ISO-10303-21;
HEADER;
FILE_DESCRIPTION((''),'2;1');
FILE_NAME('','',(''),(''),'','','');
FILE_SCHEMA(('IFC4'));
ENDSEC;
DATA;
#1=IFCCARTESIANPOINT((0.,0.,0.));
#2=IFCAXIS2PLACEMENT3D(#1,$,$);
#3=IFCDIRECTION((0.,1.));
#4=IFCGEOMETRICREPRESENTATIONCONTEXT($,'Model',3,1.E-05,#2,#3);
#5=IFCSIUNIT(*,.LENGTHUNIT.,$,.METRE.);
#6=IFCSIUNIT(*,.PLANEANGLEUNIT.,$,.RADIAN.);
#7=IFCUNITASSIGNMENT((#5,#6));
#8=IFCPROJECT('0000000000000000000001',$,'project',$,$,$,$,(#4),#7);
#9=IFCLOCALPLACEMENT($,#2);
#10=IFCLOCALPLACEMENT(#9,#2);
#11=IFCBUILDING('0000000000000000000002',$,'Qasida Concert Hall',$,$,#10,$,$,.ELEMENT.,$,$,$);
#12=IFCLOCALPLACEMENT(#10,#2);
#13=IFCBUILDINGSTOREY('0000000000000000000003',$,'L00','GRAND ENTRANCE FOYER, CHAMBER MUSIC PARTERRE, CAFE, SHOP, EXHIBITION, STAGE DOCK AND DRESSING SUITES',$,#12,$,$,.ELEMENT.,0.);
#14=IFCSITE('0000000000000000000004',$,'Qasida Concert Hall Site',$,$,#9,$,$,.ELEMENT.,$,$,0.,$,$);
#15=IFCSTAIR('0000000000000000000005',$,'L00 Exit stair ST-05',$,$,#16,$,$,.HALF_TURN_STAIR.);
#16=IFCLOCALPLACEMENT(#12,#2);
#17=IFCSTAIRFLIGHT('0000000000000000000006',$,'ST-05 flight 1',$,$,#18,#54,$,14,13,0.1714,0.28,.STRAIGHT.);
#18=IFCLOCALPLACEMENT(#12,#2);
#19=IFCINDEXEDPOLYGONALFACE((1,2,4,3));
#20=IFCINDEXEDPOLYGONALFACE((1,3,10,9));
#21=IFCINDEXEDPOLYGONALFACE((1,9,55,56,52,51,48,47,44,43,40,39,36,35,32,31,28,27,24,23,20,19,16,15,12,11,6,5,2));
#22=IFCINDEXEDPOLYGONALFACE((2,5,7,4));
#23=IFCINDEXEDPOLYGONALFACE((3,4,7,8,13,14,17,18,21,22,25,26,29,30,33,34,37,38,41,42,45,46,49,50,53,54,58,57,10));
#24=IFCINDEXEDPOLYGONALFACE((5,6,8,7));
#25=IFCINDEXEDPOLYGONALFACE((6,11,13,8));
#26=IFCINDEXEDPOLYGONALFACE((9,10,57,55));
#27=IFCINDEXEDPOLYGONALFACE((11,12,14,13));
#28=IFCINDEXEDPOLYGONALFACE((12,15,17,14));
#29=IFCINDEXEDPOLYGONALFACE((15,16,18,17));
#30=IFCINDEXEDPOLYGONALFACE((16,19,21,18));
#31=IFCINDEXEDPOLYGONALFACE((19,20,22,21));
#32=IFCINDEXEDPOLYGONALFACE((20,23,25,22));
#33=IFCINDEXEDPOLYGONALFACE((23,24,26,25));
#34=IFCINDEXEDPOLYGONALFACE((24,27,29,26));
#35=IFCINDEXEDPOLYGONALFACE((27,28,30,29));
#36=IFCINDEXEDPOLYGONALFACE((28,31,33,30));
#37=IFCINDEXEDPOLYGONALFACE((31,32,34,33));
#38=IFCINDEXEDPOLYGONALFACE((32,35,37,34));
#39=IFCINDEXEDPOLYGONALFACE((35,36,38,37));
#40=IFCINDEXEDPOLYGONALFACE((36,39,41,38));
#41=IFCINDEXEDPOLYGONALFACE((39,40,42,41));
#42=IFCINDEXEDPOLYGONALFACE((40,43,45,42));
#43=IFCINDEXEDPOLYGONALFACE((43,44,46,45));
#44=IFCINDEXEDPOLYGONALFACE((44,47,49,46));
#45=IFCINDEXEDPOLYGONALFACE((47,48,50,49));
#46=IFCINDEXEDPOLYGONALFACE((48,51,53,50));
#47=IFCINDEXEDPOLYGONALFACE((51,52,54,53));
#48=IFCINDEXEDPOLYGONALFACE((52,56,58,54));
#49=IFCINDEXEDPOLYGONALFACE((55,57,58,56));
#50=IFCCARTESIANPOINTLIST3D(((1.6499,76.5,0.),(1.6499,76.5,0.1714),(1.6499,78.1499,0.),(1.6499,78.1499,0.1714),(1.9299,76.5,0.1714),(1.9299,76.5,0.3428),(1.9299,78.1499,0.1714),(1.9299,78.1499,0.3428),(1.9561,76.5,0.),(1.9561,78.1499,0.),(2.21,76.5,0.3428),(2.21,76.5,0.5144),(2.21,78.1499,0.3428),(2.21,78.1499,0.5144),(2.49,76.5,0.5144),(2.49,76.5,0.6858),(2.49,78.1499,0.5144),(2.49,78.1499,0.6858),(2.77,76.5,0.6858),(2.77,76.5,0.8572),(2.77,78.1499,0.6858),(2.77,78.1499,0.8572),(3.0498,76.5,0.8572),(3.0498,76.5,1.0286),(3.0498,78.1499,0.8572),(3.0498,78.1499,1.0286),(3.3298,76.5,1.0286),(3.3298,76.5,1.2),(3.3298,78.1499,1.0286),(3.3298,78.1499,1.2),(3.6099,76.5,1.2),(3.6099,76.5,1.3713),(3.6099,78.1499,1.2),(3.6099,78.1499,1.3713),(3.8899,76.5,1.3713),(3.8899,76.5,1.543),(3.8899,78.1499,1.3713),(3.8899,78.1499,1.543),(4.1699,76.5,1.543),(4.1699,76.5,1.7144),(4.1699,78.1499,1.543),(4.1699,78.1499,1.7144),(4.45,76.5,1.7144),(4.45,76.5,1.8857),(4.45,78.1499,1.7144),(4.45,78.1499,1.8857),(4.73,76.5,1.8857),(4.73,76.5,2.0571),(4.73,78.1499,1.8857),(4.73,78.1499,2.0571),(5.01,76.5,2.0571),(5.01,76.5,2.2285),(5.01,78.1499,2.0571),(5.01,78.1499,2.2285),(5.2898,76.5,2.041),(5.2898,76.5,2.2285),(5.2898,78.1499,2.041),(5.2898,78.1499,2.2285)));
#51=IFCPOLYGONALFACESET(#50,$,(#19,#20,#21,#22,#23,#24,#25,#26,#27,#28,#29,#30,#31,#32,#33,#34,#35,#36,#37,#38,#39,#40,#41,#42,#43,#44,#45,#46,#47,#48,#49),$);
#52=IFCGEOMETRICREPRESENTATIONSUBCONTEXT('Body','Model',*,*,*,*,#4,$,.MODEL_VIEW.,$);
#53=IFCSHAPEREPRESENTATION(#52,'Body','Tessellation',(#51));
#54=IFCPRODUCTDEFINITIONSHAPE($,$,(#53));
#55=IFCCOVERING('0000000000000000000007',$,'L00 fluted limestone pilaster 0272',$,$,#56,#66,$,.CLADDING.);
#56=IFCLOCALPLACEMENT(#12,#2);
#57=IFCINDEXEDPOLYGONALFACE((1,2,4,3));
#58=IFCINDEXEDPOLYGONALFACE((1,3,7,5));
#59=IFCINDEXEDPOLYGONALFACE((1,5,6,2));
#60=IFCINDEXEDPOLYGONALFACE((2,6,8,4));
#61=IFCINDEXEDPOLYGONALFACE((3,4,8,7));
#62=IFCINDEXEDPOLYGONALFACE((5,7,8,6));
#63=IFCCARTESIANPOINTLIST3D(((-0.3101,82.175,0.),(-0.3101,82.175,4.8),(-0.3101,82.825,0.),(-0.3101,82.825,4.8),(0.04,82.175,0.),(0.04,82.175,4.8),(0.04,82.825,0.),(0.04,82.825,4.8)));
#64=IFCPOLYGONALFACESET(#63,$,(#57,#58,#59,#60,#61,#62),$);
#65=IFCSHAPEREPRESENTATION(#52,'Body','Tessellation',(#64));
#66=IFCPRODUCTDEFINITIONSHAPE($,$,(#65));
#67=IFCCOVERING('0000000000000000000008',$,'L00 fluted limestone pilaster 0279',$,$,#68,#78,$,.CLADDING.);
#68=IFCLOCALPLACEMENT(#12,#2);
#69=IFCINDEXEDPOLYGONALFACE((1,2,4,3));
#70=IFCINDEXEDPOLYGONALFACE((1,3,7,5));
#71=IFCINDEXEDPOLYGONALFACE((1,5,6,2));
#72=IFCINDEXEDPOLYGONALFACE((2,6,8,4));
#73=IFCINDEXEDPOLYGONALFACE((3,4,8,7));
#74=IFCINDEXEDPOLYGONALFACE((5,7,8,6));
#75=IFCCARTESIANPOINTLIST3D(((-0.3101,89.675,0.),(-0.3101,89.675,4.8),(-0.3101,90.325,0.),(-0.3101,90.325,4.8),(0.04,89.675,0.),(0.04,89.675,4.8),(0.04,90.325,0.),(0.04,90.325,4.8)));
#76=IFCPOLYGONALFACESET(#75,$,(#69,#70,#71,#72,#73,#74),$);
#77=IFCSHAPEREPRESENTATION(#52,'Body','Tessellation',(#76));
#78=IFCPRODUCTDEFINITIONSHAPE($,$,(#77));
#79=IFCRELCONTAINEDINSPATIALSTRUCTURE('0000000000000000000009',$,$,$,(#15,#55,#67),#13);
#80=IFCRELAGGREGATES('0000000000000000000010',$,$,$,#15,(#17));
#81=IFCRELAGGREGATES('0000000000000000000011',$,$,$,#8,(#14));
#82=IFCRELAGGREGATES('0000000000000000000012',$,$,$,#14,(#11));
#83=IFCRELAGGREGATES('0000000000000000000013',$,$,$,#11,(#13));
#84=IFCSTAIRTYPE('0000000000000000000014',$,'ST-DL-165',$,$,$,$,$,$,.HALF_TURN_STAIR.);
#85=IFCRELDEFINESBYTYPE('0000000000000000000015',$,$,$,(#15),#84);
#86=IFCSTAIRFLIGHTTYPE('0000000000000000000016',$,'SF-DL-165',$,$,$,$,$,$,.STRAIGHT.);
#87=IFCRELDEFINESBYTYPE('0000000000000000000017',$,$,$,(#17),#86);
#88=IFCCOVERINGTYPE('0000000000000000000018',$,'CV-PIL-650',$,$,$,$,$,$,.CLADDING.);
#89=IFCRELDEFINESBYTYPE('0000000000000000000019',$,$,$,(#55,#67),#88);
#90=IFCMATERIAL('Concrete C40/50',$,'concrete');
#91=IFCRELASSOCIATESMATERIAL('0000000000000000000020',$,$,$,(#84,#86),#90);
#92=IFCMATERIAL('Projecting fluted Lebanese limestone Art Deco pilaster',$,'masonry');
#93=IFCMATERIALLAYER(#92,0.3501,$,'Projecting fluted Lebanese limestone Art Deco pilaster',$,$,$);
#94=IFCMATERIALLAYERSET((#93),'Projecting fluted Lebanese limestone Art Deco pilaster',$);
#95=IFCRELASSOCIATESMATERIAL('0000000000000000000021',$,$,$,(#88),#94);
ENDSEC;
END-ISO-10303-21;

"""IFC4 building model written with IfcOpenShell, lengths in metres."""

from ifc_helpers import new_model, si_unit, direction, frame, origin, origin_2d, place, context, subcontext, project, spatial, polyline, rectangle, outline, extrude, material, layer, layer_set, type_object, element, aggregate, save


model = new_model("IFC4")

# Units and contexts
model_context = context("Model", 3, precision=1e-05, world=origin(), true_north=direction((0.0, 1.0)))
body_context = subcontext(model_context, "Body", "Model", "MODEL_VIEW")
ifc_project = project(units=[si_unit("LENGTHUNIT", "METRE"), si_unit("PLANEANGLEUNIT", "RADIAN")], contexts=[model_context])

# Site, building, storey
site_placement = place(None, origin())
site = spatial("IfcSite", under=ifc_project, at=site_placement, Name="Qasida Concert Hall Site", CompositionType="ELEMENT", RefElevation=0.0)
building_placement = place(site_placement, origin())
building = spatial("IfcBuilding", under=site, at=building_placement, Name="Qasida Concert Hall", CompositionType="ELEMENT")
storey_placement = place(building_placement, origin())
storey = spatial("IfcBuildingStorey", under=building, at=storey_placement, Name="L00", Description="GRAND ENTRANCE FOYER, CHAMBER MUSIC PARTERRE, CAFE, SHOP, EXHIBITION, STAGE DOCK AND DRESSING SUITES", CompositionType="ELEMENT", Elevation=0.0)

# Shared definitions
ifc_material_1 = material(Name="Concrete C40/50", Category="concrete")

# Stair, stair flight
stair_type = type_object("IfcStairType", Name="ST-DL-165", PredefinedType="HALF_TURN_STAIR", material=ifc_material_1)
stair_placement = place(storey_placement, origin())
stair = element("IfcStair", 1, at=stair_placement, inside=storey, type_object=stair_type, Name="L00 Exit stair ST-05", PredefinedType="HALF_TURN_STAIR")
stair_flight_type = type_object("IfcStairFlightType", Name="SF-DL-165", PredefinedType="STRAIGHT", material=ifc_material_1)
stair_flight_placement = place(storey_placement, frame((1.6499, 77.325, 0.0), z_axis=(0.0, 0.0, 1.0), x_axis=(1.0, 0.0, 0.0)))
stair_flight = element("IfcStairFlight", 2, at=stair_flight_placement, type_object=stair_flight_type, Name="ST-05 flight 1", NumberOfRisers=14, NumberOfTreads=13, PredefinedType="STRAIGHT", RiserHeight=0.1714, TreadLength=0.28, context=body_context, shape_type="SweptSolid", body=[
    extrude(outline(polyline([(0.0, 0.0), (0.0, 0.1714), (0.28, 0.1714), (0.28, 0.3428), (0.5601, 0.3428), (0.5601, 0.5144), (0.8401, 0.5144), (0.8401, 0.6858), (1.1201, 0.6858), (1.1201, 0.8572), (1.3999, 0.8572), (1.3999, 1.0286), (1.6799, 1.0286), (1.6799, 1.2), (1.96, 1.2), (1.96, 1.3713), (2.24, 1.3713), (2.24, 1.543), (2.52, 1.543), (2.52, 1.7144), (2.8, 1.7144), (2.8, 1.8857), (3.0801, 1.8857), (3.0801, 2.0571), (3.3601, 2.0571), (3.3601, 2.2285), (3.6399, 2.2285), (3.6399, 2.3999), (3.6399, 2.041), (0.3062, 0.0), (0.0, 0.0)])), frame((0.0, 0.825, 0.0), z_axis=(0.0, -1.0, 0.0), x_axis=(1.0, 0.0, 0.0)), (0.0, 0.0, 1.0), 1.6499),
])
aggregate(stair, [stair_flight])

# Coverings
ifc_material_2 = material(Name="Projecting fluted Lebanese limestone Art Deco pilaster", Category="masonry")
ifc_layer_1 = layer(ifc_material_2, 0.3501, Name="Projecting fluted Lebanese limestone Art Deco pilaster")
ifc_layer_set_1 = layer_set([ifc_layer_1], Name="Projecting fluted Lebanese limestone Art Deco pilaster")
covering_type = type_object("IfcCoveringType", Name="CV-PIL-650", PredefinedType="CLADDING", material=ifc_layer_set_1)
for number, where, z_axis, x_axis, name in (
    (3, (-0.135, 82.5, 0.0), (0.0, 0.0, 1.0), (1.0, 0.0, 0.0), "L00 fluted limestone pilaster 0272"),
    (4, (-0.135, 90.0, 0.0), (0.0, 0.0, 1.0), (1.0, 0.0, 0.0), "L00 fluted limestone pilaster 0279"),
):
    element("IfcCovering", number, at=place(storey_placement, frame(where, z_axis=z_axis, x_axis=x_axis)), inside=storey, type_object=covering_type, Name=name, PredefinedType="CLADDING", context=body_context, shape_type="SweptSolid", body=[
        extrude(rectangle(XDim=0.3501, YDim=0.6499, at=origin_2d()), origin(), (0.0, 0.0, 1.0), 4.8),
    ])

save(model, "model.ifc")
